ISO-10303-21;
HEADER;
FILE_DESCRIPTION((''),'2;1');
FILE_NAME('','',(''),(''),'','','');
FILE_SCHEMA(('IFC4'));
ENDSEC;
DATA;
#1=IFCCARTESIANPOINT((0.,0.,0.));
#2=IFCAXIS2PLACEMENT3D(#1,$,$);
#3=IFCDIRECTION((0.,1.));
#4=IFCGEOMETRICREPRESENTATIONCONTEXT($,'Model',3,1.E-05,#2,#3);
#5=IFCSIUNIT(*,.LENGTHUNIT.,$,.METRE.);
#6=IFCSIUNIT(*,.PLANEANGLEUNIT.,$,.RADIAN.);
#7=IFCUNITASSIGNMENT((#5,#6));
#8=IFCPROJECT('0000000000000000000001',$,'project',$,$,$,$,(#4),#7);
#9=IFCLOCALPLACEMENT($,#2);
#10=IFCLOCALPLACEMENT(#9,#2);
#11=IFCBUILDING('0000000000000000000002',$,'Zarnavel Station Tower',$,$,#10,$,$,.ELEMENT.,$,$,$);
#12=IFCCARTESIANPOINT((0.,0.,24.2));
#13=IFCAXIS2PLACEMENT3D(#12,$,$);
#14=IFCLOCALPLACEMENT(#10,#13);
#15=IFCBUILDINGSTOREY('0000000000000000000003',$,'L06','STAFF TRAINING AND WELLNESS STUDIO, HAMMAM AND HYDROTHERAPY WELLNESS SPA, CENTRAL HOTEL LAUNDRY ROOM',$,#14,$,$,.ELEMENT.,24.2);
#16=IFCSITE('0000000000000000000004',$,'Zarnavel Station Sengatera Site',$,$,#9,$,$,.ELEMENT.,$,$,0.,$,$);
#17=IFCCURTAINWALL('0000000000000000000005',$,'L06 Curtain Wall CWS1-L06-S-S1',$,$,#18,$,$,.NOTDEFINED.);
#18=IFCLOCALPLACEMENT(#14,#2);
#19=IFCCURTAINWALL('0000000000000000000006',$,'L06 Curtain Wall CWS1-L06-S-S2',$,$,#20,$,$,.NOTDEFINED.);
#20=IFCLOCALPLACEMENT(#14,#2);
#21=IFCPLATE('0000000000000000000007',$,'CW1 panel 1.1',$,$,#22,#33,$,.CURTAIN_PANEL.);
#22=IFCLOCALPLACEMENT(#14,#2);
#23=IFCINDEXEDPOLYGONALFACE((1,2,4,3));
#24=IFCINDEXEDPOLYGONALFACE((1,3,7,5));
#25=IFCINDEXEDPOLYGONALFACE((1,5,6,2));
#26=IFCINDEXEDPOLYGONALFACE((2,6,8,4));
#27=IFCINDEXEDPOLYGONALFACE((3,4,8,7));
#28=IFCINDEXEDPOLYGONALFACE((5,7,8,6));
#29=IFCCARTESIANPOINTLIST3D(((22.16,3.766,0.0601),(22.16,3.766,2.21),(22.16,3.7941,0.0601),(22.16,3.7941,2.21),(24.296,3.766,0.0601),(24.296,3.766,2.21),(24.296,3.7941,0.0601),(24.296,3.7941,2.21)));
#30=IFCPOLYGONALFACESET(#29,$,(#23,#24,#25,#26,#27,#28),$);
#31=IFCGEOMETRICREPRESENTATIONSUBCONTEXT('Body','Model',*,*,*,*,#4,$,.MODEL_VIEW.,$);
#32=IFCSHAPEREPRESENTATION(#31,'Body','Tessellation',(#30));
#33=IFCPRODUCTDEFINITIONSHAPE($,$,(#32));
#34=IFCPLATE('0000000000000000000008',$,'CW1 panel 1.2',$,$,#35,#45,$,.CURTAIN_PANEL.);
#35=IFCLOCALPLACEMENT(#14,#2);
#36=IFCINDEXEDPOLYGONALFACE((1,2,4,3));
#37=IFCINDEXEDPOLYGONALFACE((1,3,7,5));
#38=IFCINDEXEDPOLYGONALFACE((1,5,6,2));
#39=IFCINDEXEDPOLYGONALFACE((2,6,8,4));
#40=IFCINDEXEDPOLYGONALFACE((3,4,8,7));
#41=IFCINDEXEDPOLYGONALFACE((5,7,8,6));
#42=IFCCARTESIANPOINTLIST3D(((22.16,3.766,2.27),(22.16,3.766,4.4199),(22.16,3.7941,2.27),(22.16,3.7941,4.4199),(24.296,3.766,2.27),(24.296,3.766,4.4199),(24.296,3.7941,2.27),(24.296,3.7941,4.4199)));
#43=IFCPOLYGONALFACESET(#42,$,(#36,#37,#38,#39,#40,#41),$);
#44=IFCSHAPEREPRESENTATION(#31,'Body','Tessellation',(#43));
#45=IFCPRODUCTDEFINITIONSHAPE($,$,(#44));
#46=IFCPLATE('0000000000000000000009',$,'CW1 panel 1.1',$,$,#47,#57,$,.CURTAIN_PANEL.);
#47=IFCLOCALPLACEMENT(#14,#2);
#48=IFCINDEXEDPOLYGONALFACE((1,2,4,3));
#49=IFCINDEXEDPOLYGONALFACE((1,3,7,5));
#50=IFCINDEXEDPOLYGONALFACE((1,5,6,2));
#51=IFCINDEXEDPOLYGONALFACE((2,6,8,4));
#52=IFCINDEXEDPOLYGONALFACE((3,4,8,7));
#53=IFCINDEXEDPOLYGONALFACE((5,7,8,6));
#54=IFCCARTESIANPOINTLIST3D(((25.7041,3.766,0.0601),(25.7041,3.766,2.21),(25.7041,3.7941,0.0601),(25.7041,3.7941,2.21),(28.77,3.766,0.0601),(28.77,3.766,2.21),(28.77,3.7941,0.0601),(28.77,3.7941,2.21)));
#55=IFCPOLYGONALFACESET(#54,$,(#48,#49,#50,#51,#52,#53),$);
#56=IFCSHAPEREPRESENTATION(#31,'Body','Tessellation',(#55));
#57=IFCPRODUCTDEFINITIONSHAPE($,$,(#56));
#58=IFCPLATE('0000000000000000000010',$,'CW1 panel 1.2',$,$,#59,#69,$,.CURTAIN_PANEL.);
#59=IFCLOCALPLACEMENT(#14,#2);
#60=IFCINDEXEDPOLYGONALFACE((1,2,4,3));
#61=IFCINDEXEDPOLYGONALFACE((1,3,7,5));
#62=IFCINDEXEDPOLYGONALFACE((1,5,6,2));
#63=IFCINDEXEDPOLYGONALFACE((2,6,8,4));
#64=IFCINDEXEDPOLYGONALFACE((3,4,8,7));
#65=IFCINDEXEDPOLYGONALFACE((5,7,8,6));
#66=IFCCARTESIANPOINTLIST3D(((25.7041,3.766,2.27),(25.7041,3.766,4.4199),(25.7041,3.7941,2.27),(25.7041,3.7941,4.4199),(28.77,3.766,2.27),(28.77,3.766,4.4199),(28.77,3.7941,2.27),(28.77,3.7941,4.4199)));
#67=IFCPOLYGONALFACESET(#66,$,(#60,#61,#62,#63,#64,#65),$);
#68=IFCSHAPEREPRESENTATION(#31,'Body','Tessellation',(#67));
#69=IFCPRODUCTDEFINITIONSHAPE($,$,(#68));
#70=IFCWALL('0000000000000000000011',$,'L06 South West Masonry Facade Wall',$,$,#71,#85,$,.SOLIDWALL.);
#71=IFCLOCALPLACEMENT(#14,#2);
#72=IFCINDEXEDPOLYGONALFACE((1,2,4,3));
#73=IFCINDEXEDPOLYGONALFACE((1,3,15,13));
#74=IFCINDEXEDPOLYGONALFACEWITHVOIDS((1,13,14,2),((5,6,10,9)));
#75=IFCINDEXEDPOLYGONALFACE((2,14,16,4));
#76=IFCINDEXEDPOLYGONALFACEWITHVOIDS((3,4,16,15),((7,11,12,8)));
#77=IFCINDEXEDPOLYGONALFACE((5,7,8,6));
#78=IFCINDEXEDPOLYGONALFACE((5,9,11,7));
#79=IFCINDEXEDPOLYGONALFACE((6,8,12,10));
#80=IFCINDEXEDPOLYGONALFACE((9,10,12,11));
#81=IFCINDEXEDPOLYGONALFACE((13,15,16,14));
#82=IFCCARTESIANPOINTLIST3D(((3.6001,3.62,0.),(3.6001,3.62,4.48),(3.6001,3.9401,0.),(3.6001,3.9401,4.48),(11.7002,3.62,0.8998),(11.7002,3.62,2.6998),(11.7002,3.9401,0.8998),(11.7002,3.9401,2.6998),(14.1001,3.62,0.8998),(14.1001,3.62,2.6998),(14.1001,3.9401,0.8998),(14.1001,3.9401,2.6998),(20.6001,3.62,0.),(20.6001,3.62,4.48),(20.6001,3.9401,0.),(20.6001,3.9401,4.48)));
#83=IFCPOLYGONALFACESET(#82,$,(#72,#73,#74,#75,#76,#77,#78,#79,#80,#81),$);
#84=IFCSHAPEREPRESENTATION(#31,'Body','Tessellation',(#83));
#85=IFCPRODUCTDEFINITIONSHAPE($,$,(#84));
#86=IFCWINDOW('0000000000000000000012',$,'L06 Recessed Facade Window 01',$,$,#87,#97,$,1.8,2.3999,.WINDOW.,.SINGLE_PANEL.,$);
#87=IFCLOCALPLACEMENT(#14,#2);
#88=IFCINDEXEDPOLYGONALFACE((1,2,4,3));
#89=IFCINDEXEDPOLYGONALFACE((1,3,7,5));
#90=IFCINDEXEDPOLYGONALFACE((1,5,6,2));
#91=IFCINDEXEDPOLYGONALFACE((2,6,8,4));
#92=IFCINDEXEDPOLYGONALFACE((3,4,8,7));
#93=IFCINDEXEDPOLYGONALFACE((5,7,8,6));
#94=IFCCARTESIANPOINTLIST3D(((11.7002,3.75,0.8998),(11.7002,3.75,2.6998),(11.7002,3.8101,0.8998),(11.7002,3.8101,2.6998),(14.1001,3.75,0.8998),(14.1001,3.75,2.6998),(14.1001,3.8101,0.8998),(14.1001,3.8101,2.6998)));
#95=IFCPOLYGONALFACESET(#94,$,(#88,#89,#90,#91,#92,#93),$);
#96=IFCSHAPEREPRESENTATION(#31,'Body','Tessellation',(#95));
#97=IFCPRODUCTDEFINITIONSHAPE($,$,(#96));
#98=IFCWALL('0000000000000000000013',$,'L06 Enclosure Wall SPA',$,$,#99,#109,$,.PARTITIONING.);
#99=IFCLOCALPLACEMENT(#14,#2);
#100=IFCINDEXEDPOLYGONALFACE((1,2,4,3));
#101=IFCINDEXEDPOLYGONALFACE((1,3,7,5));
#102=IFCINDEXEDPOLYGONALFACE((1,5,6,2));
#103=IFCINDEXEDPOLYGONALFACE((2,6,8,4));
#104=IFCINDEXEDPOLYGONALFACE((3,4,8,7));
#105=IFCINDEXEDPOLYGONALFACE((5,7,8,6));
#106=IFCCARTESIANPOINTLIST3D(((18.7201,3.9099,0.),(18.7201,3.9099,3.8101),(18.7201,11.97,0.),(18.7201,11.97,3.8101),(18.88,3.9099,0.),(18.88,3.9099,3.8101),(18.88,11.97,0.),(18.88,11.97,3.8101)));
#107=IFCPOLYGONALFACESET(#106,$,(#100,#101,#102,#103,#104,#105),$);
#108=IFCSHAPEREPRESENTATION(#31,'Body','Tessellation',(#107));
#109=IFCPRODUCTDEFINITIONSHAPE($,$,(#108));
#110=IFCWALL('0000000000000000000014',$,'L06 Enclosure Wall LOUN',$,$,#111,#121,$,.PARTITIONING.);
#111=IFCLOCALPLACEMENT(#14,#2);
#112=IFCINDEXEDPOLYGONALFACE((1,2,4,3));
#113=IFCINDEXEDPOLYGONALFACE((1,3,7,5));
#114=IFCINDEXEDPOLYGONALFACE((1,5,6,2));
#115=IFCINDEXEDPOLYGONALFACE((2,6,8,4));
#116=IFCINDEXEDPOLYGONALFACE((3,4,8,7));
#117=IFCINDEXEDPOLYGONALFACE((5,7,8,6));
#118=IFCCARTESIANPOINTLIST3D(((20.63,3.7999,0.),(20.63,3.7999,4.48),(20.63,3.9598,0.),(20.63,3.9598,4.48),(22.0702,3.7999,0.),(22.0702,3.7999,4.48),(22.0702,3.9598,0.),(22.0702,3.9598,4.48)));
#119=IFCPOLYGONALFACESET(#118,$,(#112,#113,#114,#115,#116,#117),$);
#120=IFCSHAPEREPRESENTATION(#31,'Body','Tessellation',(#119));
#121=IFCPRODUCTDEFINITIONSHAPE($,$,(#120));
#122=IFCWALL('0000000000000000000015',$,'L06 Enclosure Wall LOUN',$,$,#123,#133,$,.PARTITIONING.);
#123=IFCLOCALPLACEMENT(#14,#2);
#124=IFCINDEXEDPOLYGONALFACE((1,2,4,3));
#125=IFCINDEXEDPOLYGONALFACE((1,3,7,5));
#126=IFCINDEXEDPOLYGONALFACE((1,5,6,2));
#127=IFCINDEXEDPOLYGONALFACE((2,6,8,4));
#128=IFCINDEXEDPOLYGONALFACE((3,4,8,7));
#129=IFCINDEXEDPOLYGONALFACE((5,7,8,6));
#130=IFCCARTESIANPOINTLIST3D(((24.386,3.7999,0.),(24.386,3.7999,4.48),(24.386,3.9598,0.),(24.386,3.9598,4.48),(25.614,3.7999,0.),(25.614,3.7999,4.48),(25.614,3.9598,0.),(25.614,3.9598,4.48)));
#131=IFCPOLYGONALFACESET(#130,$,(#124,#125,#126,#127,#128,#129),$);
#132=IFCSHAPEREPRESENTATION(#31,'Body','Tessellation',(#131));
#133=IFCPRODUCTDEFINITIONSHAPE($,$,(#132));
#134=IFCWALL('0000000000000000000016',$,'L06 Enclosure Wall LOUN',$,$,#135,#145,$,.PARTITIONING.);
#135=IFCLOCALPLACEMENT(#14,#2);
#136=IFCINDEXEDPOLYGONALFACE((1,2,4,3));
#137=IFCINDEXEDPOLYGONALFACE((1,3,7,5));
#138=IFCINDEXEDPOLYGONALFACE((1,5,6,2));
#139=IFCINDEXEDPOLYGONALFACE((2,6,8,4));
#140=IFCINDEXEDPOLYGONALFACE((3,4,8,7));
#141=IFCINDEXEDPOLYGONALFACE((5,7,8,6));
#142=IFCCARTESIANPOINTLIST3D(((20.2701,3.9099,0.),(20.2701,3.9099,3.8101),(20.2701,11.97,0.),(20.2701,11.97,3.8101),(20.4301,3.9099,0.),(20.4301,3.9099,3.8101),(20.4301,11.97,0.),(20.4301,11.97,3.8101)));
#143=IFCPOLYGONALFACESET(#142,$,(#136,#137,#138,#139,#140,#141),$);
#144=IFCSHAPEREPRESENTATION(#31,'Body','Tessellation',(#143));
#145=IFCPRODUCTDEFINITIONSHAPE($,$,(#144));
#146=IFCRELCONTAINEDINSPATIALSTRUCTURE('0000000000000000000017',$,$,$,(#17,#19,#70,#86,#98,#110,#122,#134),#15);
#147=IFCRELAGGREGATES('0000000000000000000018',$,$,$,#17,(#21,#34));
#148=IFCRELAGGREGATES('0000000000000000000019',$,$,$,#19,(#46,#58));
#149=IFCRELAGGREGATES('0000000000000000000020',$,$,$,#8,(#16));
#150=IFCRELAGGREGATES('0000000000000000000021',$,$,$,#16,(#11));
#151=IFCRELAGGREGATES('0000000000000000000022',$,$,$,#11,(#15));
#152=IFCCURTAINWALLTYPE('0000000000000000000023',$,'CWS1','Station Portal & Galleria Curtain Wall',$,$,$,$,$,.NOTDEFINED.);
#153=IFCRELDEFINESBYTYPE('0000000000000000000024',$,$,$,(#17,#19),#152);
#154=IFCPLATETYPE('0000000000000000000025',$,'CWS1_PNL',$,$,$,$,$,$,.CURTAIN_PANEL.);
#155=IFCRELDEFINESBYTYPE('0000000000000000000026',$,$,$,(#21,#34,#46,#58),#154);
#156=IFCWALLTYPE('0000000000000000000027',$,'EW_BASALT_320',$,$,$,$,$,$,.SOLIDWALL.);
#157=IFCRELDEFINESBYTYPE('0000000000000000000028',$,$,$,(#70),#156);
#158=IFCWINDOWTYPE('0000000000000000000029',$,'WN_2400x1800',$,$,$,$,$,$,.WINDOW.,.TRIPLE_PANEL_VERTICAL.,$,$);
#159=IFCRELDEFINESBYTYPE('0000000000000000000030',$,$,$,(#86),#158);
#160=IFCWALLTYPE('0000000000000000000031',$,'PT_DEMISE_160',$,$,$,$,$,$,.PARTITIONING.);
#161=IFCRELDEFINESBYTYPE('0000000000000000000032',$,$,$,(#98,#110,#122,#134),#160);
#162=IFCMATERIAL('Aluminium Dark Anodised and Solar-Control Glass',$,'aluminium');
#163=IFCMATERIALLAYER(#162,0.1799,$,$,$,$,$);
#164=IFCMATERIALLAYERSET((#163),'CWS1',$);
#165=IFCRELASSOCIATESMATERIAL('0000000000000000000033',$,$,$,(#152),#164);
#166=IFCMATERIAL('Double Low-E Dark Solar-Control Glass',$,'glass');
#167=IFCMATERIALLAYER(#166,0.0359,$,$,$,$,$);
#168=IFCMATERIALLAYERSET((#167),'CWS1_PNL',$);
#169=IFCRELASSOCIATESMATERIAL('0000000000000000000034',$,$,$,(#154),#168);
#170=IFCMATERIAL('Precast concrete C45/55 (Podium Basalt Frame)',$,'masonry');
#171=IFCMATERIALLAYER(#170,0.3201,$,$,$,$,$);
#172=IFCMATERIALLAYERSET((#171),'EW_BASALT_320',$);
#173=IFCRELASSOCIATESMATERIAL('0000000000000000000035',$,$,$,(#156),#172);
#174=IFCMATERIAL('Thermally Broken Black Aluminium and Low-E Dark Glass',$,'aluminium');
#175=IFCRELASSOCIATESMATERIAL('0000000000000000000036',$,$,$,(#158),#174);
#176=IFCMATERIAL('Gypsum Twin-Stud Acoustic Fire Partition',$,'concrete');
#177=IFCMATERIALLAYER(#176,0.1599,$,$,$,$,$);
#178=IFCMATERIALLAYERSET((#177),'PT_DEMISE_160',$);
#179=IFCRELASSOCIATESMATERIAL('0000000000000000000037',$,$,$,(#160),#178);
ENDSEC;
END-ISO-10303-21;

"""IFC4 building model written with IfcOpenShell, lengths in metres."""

from ifc_helpers import new_model, si_unit, direction, frame, frame_2d, origin, origin_2d, place, context, subcontext, project, spatial, rectangle, extrude, material, layer, layer_set, type_object, element, fill, aggregate, save


model = new_model("IFC4")

# Units and contexts
model_context = context("Model", 3, precision=1e-05, world=origin(), true_north=direction((0.0, 1.0)))
body_context = subcontext(model_context, "Body", "Model", "MODEL_VIEW")
ifc_project = project(units=[si_unit("LENGTHUNIT", "METRE"), si_unit("PLANEANGLEUNIT", "RADIAN")], contexts=[model_context])

# Site, building, storey
site_placement = place(None, origin())
site = spatial("IfcSite", under=ifc_project, at=site_placement, Name="Zarnavel Station Sengatera Site", CompositionType="ELEMENT", RefElevation=0.0)
building_placement = place(site_placement, origin())
building = spatial("IfcBuilding", under=site, at=building_placement, Name="Zarnavel Station Tower", CompositionType="ELEMENT")
storey_placement = place(building_placement, frame((0.0, 0.0, 24.2)))
storey = spatial("IfcBuildingStorey", under=building, at=storey_placement, Name="L06", Description="STAFF TRAINING AND WELLNESS STUDIO, HAMMAM AND HYDROTHERAPY WELLNESS SPA, CENTRAL HOTEL LAUNDRY ROOM", CompositionType="ELEMENT", Elevation=24.2)

# Curtain wall
ifc_material_1 = material(Name="Aluminium Dark Anodised and Solar-Control Glass", Category="aluminium")
ifc_layer_1 = layer(ifc_material_1, 0.1799)
ifc_layer_set_1 = layer_set([ifc_layer_1], Name="CWS1")
curtain_wall_type = type_object("IfcCurtainWallType", Name="CWS1", Description="Station Portal & Galleria Curtain Wall", PredefinedType="NOTDEFINED", material=ifc_layer_set_1)
curtain_wall_1_placement = place(storey_placement, origin())
curtain_wall_1 = element("IfcCurtainWall", 1, at=curtain_wall_1_placement, inside=storey, type_object=curtain_wall_type, Name="L06 Curtain Wall CWS1-L06-S-S1", PredefinedType="NOTDEFINED")

# Curtain wall
curtain_wall_2_placement = place(storey_placement, origin())
curtain_wall_2 = element("IfcCurtainWall", 2, at=curtain_wall_2_placement, inside=storey, type_object=curtain_wall_type, Name="L06 Curtain Wall CWS1-L06-S-S2", PredefinedType="NOTDEFINED")

# Plates
ifc_material_2 = material(Name="Double Low-E Dark Solar-Control Glass", Category="glass")
ifc_layer_2 = layer(ifc_material_2, 0.0359)
ifc_layer_set_2 = layer_set([ifc_layer_2], Name="CWS1_PNL")
plate_type = type_object("IfcPlateType", Name="CWS1_PNL", PredefinedType="CURTAIN_PANEL", material=ifc_layer_set_2)
plate_1_placement = place(storey_placement, frame((23.228, 3.78, 0.0601), z_axis=(0.0, 0.0, 1.0), x_axis=(1.0, 0.0, 0.0)))
plate_1 = element("IfcPlate", 3, at=plate_1_placement, type_object=plate_type, Name="CW1 panel 1.1", PredefinedType="CURTAIN_PANEL", context=body_context, shape_type="SweptSolid", body=[
    extrude(rectangle(XDim=2.136, YDim=0.0281, at=origin_2d()), origin(), (0.0, 0.0, 1.0), 2.1499),
])
plate_2_placement = place(storey_placement, frame((23.228, 3.78, 2.27), z_axis=(0.0, 0.0, 1.0), x_axis=(1.0, 0.0, 0.0)))
plate_2 = element("IfcPlate", 4, at=plate_2_placement, type_object=plate_type, Name="CW1 panel 1.2", PredefinedType="CURTAIN_PANEL", context=body_context, shape_type="SweptSolid", body=[
    extrude(rectangle(XDim=2.136, YDim=0.0281, at=origin_2d()), origin(), (0.0, 0.0, 1.0), 2.1499),
])
aggregate(curtain_wall_1, [plate_1, plate_2])
plate_3_placement = place(storey_placement, frame((27.2371, 3.78, 0.0601), z_axis=(0.0, 0.0, 1.0), x_axis=(1.0, 0.0, 0.0)))
plate_3 = element("IfcPlate", 5, at=plate_3_placement, type_object=plate_type, Name="CW1 panel 1.1", PredefinedType="CURTAIN_PANEL", context=body_context, shape_type="SweptSolid", body=[
    extrude(rectangle(XDim=3.0659, YDim=0.0281, at=origin_2d()), origin(), (0.0, 0.0, 1.0), 2.1499),
])
plate_4_placement = place(storey_placement, frame((27.2371, 3.78, 2.27), z_axis=(0.0, 0.0, 1.0), x_axis=(1.0, 0.0, 0.0)))
plate_4 = element("IfcPlate", 6, at=plate_4_placement, type_object=plate_type, Name="CW1 panel 1.2", PredefinedType="CURTAIN_PANEL", context=body_context, shape_type="SweptSolid", body=[
    extrude(rectangle(XDim=3.0659, YDim=0.0281, at=origin_2d()), origin(), (0.0, 0.0, 1.0), 2.1499),
])
aggregate(curtain_wall_2, [plate_3, plate_4])

# Wall, opening, window
ifc_material_3 = material(Name="Precast concrete C45/55 (Podium Basalt Frame)", Category="masonry")
ifc_layer_3 = layer(ifc_material_3, 0.3201)
ifc_layer_set_3 = layer_set([ifc_layer_3], Name="EW_BASALT_320")
wall_type_1 = type_object("IfcWallType", Name="EW_BASALT_320", PredefinedType="SOLIDWALL", material=ifc_layer_set_3)
wall_1_placement = place(storey_placement, frame((20.6001, 3.78, 0.0), z_axis=(0.0, 0.0, 1.0), x_axis=(-1.0, 0.0, 0.0)))
wall_1 = element("IfcWall", 7, at=wall_1_placement, inside=storey, type_object=wall_type_1, Name="L06 South West Masonry Facade Wall", PredefinedType="SOLIDWALL", context=body_context, shape_type="SweptSolid", body=[
    extrude(rectangle(XDim=17.0, YDim=0.3201, at=frame_2d((8.5, 0.0))), origin(), (0.0, 0.0, 1.0), 4.48),
])
opening_placement = place(wall_1_placement, frame((6.5, 0.0, 0.8999)))
opening = element("IfcOpeningElement", 8, at=opening_placement, cuts=wall_1, PredefinedType="OPENING", context=body_context, shape_type="SweptSolid", body=[
    extrude(rectangle(XDim=2.3999, YDim=1.8, at=frame_2d((1.2, 0.8999))), frame((0.0, 0.1699, 0.0), z_axis=(0.0, -1.0, 0.0), x_axis=(1.0, 0.0, 0.0)), (0.0, 0.0, 1.0), 0.3401),
])
ifc_material_4 = material(Name="Thermally Broken Black Aluminium and Low-E Dark Glass", Category="aluminium")
window_type = type_object("IfcWindowType", Name="WN_2400x1800", PartitioningType="TRIPLE_PANEL_VERTICAL", PredefinedType="WINDOW", material=ifc_material_4)
window_placement = place(opening_placement, origin())
window = element("IfcWindow", 9, at=window_placement, inside=storey, type_object=window_type, Name="L06 Recessed Facade Window 01", OverallHeight=1.8, OverallWidth=2.3999, PartitioningType="SINGLE_PANEL", PredefinedType="WINDOW", context=body_context, shape_type="SweptSolid", body=[
    extrude(rectangle(XDim=2.3999, YDim=1.8, at=frame_2d((1.2, 0.8999))), frame((0.0, 0.03, 0.0), z_axis=(0.0, -1.0, 0.0), x_axis=(1.0, 0.0, 0.0)), (0.0, 0.0, 1.0), 0.0601),
])
fill(opening, window)

# Walls
ifc_material_5 = material(Name="Gypsum Twin-Stud Acoustic Fire Partition", Category="concrete")
ifc_layer_4 = layer(ifc_material_5, 0.1599)
ifc_layer_set_4 = layer_set([ifc_layer_4], Name="PT_DEMISE_160")
wall_type_2 = type_object("IfcWallType", Name="PT_DEMISE_160", PredefinedType="PARTITIONING", material=ifc_layer_set_4)
wall_2_placement = place(storey_placement, frame((18.8, 3.9099, 0.0), z_axis=(0.0, 0.0, 1.0), x_axis=(0.0, 1.0, 0.0)))
element("IfcWall", 10, at=wall_2_placement, inside=storey, type_object=wall_type_2, Name="L06 Enclosure Wall SPA", PredefinedType="PARTITIONING", context=body_context, shape_type="SweptSolid", body=[
    extrude(rectangle(XDim=8.0601, YDim=0.1599, at=frame_2d((4.03, 0.0))), origin(), (0.0, 0.0, 1.0), 3.8101),
])
wall_3_placement = place(storey_placement, frame((20.6299, 3.8799, 0.0), z_axis=(0.0, 0.0, 1.0), x_axis=(1.0, 0.0, 0.0)))
element("IfcWall", 11, at=wall_3_placement, inside=storey, type_object=wall_type_2, Name="L06 Enclosure Wall LOUN", PredefinedType="PARTITIONING", context=body_context, shape_type="SweptSolid", body=[
    extrude(rectangle(XDim=1.4402, YDim=0.1599, at=frame_2d((0.7202, 0.0))), origin(), (0.0, 0.0, 1.0), 4.48),
])
wall_4_placement = place(storey_placement, frame((24.386, 3.8799, 0.0), z_axis=(0.0, 0.0, 1.0), x_axis=(1.0, 0.0, 0.0)))
element("IfcWall", 12, at=wall_4_placement, inside=storey, type_object=wall_type_2, Name="L06 Enclosure Wall LOUN", PredefinedType="PARTITIONING", context=body_context, shape_type="SweptSolid", body=[
    extrude(rectangle(XDim=1.228, YDim=0.1599, at=frame_2d((0.614, 0.0))), origin(), (0.0, 0.0, 1.0), 4.48),
])
wall_5_placement = place(storey_placement, frame((20.3501, 3.9099, 0.0), z_axis=(0.0, 0.0, 1.0), x_axis=(0.0, 1.0, 0.0)))
element("IfcWall", 13, at=wall_5_placement, inside=storey, type_object=wall_type_2, Name="L06 Enclosure Wall LOUN", PredefinedType="PARTITIONING", context=body_context, shape_type="SweptSolid", body=[
    extrude(rectangle(XDim=8.0601, YDim=0.1599, at=frame_2d((4.03, 0.0))), origin(), (0.0, 0.0, 1.0), 3.8101),
])

save(model, "model.ifc")
